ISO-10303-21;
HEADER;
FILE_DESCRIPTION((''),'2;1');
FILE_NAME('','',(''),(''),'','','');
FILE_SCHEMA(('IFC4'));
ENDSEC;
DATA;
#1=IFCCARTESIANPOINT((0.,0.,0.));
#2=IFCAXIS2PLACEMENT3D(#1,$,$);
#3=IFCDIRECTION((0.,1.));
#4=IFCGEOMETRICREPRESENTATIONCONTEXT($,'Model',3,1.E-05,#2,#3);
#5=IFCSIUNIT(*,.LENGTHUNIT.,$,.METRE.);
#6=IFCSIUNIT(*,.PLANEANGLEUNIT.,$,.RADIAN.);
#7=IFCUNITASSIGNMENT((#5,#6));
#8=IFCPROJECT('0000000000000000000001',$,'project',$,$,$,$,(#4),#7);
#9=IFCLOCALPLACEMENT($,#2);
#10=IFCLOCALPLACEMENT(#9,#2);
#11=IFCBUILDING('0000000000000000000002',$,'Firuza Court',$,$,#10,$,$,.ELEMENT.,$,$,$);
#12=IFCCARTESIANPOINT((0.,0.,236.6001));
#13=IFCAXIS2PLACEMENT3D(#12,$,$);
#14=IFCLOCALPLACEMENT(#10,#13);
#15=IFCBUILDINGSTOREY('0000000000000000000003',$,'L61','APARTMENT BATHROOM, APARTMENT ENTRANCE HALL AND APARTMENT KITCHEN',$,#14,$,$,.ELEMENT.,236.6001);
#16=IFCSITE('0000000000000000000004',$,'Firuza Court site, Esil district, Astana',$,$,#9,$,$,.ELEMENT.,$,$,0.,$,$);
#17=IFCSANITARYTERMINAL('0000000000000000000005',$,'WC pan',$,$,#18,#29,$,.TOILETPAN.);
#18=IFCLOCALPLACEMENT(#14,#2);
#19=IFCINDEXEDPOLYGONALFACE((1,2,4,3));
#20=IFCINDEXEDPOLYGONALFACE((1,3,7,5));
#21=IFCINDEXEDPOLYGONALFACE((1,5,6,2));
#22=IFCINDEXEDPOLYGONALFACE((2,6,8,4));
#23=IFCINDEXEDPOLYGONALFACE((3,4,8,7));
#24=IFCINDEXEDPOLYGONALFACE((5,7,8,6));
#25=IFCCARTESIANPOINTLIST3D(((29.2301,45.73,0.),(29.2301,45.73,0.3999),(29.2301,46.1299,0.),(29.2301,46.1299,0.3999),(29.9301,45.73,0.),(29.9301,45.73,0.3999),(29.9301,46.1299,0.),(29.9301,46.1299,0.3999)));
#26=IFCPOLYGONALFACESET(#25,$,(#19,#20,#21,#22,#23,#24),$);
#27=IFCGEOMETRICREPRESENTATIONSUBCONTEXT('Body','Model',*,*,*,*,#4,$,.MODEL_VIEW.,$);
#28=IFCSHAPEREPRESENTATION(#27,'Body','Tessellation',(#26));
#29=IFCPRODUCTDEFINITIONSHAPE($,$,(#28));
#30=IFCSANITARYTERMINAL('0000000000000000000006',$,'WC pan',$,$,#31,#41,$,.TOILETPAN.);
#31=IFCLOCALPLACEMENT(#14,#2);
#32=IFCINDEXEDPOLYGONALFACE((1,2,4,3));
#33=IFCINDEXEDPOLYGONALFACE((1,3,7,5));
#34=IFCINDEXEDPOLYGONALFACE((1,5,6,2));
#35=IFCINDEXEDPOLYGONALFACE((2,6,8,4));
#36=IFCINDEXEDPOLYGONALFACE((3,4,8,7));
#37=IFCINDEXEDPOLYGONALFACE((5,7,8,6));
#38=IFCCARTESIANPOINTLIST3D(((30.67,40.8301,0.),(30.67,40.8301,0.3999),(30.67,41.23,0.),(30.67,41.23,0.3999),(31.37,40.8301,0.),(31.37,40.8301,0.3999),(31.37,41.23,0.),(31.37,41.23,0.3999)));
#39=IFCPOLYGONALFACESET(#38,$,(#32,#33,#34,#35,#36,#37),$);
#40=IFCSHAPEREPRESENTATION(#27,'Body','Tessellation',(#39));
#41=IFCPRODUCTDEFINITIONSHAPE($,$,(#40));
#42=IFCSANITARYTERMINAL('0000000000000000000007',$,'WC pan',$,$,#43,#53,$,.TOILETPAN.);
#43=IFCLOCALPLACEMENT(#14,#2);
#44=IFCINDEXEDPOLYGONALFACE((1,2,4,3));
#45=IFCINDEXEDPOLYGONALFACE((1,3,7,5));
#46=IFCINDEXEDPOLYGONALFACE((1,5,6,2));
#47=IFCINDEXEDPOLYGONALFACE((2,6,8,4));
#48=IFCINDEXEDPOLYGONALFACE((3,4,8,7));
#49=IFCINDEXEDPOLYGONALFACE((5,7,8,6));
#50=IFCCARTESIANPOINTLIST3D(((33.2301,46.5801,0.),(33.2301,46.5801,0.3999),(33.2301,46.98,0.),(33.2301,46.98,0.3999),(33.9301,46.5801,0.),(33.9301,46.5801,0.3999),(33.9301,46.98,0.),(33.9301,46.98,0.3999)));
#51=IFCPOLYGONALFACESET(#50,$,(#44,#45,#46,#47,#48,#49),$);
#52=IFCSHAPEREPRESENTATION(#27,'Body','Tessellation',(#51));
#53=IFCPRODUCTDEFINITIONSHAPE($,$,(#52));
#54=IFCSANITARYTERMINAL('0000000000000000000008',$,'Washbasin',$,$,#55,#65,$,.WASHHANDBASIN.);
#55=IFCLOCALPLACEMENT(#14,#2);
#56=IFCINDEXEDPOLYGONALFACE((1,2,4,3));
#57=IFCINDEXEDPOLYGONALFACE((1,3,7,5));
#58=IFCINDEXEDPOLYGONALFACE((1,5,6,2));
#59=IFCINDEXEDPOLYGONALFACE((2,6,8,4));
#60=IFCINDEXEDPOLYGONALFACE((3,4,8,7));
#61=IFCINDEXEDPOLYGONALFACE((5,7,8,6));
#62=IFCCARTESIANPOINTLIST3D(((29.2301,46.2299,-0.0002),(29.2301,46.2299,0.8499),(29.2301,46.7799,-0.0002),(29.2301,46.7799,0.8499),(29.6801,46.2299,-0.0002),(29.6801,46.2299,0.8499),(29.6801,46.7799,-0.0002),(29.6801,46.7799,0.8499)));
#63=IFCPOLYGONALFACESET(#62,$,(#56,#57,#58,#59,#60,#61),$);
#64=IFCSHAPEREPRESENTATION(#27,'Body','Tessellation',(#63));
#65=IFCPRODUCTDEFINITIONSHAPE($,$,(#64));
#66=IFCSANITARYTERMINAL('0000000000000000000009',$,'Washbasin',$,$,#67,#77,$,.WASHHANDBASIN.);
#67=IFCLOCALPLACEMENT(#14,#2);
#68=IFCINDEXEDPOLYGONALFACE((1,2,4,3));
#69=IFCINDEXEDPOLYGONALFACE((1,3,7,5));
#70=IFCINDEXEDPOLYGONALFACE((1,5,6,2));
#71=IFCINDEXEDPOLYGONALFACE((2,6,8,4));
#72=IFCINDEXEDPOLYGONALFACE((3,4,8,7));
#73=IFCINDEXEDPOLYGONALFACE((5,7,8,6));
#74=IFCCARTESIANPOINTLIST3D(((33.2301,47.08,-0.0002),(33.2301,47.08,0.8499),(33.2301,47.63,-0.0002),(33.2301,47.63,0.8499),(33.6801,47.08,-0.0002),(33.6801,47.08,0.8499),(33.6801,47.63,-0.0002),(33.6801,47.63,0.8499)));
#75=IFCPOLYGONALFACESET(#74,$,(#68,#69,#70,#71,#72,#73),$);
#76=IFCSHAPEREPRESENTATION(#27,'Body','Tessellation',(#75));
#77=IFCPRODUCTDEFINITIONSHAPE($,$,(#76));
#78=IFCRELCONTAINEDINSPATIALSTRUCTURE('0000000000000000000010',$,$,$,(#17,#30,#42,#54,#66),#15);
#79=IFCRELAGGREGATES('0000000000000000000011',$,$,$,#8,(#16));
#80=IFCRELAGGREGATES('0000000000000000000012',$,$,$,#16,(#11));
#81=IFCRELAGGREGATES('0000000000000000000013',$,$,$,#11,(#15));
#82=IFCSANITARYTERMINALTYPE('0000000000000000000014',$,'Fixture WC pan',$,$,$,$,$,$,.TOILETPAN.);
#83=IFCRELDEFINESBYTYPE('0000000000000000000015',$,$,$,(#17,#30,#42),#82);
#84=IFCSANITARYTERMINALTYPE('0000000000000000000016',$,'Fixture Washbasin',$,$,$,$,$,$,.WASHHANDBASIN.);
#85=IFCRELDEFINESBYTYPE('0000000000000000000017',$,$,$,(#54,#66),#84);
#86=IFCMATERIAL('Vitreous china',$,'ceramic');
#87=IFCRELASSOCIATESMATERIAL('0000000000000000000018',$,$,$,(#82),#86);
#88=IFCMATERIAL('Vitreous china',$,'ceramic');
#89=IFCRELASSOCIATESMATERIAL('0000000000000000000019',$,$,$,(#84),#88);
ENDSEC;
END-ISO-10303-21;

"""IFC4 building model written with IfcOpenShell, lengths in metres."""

from ifc_helpers import new_model, si_unit, direction, frame, origin, origin_2d, place, context, subcontext, project, spatial, rectangle, extrude, material, type_object, element, save


model = new_model("IFC4")

# Units and contexts
model_context = context("Model", 3, precision=1e-05, world=origin(), true_north=direction((0.0, 1.0)))
body_context = subcontext(model_context, "Body", "Model", "MODEL_VIEW")
ifc_project = project(units=[si_unit("LENGTHUNIT", "METRE"), si_unit("PLANEANGLEUNIT", "RADIAN")], contexts=[model_context])

# Site, building, storey
site_placement = place(None, origin())
site = spatial("IfcSite", under=ifc_project, at=site_placement, Name="Firuza Court site, Esil district, Astana", CompositionType="ELEMENT", RefElevation=0.0)
building_placement = place(site_placement, origin())
building = spatial("IfcBuilding", under=site, at=building_placement, Name="Firuza Court", CompositionType="ELEMENT")
storey_placement = place(building_placement, frame((0.0, 0.0, 236.6001)))
storey = spatial("IfcBuildingStorey", under=building, at=storey_placement, Name="L61", Description="APARTMENT BATHROOM, APARTMENT ENTRANCE HALL AND APARTMENT KITCHEN", CompositionType="ELEMENT", Elevation=236.6001)

# Sanitary terminals
ifc_material_1 = material(Name="Vitreous china", Category="ceramic")
sanitary_terminal_type_1 = type_object("IfcSanitaryTerminalType", Name="Fixture WC pan", PredefinedType="TOILETPAN", material=ifc_material_1)
for number, where, z_axis, x_axis, name in (
    (1, (29.5801, 45.9299, 0.0), (0.0, 0.0, 1.0), (1.0, 0.0, 0.0), "WC pan"),
    (2, (31.02, 41.03, 0.0), (0.0, 0.0, 1.0), (1.0, 0.0, 0.0), "WC pan"),
    (3, (33.5801, 46.78, 0.0), (0.0, 0.0, 1.0), (1.0, 0.0, 0.0), "WC pan"),
):
    element("IfcSanitaryTerminal", number, at=place(storey_placement, frame(where, z_axis=z_axis, x_axis=x_axis)), inside=storey, type_object=sanitary_terminal_type_1, Name=name, PredefinedType="TOILETPAN", context=body_context, shape_type="SweptSolid", body=[
        extrude(rectangle(XDim=0.7, YDim=0.3999, at=origin_2d()), origin(), (0.0, 0.0, 1.0), 0.3999),
    ])
ifc_material_2 = material(Name="Vitreous china", Category="ceramic")
sanitary_terminal_type_2 = type_object("IfcSanitaryTerminalType", Name="Fixture Washbasin", PredefinedType="WASHHANDBASIN", material=ifc_material_2)
for number, where, z_axis, x_axis, name in (
    (4, (29.4551, 46.5049, -0.0002), (0.0, 0.0, 1.0), (1.0, 0.0, 0.0), "Washbasin"),
    (5, (33.4551, 47.355, -0.0002), (0.0, 0.0, 1.0), (1.0, 0.0, 0.0), "Washbasin"),
):
    element("IfcSanitaryTerminal", number, at=place(storey_placement, frame(where, z_axis=z_axis, x_axis=x_axis)), inside=storey, type_object=sanitary_terminal_type_2, Name=name, PredefinedType="WASHHANDBASIN", context=body_context, shape_type="SweptSolid", body=[
        extrude(rectangle(XDim=0.45, YDim=0.55, at=origin_2d()), origin(), (0.0, 0.0, 1.0), 0.8501),
    ])

save(model, "model.ifc")
